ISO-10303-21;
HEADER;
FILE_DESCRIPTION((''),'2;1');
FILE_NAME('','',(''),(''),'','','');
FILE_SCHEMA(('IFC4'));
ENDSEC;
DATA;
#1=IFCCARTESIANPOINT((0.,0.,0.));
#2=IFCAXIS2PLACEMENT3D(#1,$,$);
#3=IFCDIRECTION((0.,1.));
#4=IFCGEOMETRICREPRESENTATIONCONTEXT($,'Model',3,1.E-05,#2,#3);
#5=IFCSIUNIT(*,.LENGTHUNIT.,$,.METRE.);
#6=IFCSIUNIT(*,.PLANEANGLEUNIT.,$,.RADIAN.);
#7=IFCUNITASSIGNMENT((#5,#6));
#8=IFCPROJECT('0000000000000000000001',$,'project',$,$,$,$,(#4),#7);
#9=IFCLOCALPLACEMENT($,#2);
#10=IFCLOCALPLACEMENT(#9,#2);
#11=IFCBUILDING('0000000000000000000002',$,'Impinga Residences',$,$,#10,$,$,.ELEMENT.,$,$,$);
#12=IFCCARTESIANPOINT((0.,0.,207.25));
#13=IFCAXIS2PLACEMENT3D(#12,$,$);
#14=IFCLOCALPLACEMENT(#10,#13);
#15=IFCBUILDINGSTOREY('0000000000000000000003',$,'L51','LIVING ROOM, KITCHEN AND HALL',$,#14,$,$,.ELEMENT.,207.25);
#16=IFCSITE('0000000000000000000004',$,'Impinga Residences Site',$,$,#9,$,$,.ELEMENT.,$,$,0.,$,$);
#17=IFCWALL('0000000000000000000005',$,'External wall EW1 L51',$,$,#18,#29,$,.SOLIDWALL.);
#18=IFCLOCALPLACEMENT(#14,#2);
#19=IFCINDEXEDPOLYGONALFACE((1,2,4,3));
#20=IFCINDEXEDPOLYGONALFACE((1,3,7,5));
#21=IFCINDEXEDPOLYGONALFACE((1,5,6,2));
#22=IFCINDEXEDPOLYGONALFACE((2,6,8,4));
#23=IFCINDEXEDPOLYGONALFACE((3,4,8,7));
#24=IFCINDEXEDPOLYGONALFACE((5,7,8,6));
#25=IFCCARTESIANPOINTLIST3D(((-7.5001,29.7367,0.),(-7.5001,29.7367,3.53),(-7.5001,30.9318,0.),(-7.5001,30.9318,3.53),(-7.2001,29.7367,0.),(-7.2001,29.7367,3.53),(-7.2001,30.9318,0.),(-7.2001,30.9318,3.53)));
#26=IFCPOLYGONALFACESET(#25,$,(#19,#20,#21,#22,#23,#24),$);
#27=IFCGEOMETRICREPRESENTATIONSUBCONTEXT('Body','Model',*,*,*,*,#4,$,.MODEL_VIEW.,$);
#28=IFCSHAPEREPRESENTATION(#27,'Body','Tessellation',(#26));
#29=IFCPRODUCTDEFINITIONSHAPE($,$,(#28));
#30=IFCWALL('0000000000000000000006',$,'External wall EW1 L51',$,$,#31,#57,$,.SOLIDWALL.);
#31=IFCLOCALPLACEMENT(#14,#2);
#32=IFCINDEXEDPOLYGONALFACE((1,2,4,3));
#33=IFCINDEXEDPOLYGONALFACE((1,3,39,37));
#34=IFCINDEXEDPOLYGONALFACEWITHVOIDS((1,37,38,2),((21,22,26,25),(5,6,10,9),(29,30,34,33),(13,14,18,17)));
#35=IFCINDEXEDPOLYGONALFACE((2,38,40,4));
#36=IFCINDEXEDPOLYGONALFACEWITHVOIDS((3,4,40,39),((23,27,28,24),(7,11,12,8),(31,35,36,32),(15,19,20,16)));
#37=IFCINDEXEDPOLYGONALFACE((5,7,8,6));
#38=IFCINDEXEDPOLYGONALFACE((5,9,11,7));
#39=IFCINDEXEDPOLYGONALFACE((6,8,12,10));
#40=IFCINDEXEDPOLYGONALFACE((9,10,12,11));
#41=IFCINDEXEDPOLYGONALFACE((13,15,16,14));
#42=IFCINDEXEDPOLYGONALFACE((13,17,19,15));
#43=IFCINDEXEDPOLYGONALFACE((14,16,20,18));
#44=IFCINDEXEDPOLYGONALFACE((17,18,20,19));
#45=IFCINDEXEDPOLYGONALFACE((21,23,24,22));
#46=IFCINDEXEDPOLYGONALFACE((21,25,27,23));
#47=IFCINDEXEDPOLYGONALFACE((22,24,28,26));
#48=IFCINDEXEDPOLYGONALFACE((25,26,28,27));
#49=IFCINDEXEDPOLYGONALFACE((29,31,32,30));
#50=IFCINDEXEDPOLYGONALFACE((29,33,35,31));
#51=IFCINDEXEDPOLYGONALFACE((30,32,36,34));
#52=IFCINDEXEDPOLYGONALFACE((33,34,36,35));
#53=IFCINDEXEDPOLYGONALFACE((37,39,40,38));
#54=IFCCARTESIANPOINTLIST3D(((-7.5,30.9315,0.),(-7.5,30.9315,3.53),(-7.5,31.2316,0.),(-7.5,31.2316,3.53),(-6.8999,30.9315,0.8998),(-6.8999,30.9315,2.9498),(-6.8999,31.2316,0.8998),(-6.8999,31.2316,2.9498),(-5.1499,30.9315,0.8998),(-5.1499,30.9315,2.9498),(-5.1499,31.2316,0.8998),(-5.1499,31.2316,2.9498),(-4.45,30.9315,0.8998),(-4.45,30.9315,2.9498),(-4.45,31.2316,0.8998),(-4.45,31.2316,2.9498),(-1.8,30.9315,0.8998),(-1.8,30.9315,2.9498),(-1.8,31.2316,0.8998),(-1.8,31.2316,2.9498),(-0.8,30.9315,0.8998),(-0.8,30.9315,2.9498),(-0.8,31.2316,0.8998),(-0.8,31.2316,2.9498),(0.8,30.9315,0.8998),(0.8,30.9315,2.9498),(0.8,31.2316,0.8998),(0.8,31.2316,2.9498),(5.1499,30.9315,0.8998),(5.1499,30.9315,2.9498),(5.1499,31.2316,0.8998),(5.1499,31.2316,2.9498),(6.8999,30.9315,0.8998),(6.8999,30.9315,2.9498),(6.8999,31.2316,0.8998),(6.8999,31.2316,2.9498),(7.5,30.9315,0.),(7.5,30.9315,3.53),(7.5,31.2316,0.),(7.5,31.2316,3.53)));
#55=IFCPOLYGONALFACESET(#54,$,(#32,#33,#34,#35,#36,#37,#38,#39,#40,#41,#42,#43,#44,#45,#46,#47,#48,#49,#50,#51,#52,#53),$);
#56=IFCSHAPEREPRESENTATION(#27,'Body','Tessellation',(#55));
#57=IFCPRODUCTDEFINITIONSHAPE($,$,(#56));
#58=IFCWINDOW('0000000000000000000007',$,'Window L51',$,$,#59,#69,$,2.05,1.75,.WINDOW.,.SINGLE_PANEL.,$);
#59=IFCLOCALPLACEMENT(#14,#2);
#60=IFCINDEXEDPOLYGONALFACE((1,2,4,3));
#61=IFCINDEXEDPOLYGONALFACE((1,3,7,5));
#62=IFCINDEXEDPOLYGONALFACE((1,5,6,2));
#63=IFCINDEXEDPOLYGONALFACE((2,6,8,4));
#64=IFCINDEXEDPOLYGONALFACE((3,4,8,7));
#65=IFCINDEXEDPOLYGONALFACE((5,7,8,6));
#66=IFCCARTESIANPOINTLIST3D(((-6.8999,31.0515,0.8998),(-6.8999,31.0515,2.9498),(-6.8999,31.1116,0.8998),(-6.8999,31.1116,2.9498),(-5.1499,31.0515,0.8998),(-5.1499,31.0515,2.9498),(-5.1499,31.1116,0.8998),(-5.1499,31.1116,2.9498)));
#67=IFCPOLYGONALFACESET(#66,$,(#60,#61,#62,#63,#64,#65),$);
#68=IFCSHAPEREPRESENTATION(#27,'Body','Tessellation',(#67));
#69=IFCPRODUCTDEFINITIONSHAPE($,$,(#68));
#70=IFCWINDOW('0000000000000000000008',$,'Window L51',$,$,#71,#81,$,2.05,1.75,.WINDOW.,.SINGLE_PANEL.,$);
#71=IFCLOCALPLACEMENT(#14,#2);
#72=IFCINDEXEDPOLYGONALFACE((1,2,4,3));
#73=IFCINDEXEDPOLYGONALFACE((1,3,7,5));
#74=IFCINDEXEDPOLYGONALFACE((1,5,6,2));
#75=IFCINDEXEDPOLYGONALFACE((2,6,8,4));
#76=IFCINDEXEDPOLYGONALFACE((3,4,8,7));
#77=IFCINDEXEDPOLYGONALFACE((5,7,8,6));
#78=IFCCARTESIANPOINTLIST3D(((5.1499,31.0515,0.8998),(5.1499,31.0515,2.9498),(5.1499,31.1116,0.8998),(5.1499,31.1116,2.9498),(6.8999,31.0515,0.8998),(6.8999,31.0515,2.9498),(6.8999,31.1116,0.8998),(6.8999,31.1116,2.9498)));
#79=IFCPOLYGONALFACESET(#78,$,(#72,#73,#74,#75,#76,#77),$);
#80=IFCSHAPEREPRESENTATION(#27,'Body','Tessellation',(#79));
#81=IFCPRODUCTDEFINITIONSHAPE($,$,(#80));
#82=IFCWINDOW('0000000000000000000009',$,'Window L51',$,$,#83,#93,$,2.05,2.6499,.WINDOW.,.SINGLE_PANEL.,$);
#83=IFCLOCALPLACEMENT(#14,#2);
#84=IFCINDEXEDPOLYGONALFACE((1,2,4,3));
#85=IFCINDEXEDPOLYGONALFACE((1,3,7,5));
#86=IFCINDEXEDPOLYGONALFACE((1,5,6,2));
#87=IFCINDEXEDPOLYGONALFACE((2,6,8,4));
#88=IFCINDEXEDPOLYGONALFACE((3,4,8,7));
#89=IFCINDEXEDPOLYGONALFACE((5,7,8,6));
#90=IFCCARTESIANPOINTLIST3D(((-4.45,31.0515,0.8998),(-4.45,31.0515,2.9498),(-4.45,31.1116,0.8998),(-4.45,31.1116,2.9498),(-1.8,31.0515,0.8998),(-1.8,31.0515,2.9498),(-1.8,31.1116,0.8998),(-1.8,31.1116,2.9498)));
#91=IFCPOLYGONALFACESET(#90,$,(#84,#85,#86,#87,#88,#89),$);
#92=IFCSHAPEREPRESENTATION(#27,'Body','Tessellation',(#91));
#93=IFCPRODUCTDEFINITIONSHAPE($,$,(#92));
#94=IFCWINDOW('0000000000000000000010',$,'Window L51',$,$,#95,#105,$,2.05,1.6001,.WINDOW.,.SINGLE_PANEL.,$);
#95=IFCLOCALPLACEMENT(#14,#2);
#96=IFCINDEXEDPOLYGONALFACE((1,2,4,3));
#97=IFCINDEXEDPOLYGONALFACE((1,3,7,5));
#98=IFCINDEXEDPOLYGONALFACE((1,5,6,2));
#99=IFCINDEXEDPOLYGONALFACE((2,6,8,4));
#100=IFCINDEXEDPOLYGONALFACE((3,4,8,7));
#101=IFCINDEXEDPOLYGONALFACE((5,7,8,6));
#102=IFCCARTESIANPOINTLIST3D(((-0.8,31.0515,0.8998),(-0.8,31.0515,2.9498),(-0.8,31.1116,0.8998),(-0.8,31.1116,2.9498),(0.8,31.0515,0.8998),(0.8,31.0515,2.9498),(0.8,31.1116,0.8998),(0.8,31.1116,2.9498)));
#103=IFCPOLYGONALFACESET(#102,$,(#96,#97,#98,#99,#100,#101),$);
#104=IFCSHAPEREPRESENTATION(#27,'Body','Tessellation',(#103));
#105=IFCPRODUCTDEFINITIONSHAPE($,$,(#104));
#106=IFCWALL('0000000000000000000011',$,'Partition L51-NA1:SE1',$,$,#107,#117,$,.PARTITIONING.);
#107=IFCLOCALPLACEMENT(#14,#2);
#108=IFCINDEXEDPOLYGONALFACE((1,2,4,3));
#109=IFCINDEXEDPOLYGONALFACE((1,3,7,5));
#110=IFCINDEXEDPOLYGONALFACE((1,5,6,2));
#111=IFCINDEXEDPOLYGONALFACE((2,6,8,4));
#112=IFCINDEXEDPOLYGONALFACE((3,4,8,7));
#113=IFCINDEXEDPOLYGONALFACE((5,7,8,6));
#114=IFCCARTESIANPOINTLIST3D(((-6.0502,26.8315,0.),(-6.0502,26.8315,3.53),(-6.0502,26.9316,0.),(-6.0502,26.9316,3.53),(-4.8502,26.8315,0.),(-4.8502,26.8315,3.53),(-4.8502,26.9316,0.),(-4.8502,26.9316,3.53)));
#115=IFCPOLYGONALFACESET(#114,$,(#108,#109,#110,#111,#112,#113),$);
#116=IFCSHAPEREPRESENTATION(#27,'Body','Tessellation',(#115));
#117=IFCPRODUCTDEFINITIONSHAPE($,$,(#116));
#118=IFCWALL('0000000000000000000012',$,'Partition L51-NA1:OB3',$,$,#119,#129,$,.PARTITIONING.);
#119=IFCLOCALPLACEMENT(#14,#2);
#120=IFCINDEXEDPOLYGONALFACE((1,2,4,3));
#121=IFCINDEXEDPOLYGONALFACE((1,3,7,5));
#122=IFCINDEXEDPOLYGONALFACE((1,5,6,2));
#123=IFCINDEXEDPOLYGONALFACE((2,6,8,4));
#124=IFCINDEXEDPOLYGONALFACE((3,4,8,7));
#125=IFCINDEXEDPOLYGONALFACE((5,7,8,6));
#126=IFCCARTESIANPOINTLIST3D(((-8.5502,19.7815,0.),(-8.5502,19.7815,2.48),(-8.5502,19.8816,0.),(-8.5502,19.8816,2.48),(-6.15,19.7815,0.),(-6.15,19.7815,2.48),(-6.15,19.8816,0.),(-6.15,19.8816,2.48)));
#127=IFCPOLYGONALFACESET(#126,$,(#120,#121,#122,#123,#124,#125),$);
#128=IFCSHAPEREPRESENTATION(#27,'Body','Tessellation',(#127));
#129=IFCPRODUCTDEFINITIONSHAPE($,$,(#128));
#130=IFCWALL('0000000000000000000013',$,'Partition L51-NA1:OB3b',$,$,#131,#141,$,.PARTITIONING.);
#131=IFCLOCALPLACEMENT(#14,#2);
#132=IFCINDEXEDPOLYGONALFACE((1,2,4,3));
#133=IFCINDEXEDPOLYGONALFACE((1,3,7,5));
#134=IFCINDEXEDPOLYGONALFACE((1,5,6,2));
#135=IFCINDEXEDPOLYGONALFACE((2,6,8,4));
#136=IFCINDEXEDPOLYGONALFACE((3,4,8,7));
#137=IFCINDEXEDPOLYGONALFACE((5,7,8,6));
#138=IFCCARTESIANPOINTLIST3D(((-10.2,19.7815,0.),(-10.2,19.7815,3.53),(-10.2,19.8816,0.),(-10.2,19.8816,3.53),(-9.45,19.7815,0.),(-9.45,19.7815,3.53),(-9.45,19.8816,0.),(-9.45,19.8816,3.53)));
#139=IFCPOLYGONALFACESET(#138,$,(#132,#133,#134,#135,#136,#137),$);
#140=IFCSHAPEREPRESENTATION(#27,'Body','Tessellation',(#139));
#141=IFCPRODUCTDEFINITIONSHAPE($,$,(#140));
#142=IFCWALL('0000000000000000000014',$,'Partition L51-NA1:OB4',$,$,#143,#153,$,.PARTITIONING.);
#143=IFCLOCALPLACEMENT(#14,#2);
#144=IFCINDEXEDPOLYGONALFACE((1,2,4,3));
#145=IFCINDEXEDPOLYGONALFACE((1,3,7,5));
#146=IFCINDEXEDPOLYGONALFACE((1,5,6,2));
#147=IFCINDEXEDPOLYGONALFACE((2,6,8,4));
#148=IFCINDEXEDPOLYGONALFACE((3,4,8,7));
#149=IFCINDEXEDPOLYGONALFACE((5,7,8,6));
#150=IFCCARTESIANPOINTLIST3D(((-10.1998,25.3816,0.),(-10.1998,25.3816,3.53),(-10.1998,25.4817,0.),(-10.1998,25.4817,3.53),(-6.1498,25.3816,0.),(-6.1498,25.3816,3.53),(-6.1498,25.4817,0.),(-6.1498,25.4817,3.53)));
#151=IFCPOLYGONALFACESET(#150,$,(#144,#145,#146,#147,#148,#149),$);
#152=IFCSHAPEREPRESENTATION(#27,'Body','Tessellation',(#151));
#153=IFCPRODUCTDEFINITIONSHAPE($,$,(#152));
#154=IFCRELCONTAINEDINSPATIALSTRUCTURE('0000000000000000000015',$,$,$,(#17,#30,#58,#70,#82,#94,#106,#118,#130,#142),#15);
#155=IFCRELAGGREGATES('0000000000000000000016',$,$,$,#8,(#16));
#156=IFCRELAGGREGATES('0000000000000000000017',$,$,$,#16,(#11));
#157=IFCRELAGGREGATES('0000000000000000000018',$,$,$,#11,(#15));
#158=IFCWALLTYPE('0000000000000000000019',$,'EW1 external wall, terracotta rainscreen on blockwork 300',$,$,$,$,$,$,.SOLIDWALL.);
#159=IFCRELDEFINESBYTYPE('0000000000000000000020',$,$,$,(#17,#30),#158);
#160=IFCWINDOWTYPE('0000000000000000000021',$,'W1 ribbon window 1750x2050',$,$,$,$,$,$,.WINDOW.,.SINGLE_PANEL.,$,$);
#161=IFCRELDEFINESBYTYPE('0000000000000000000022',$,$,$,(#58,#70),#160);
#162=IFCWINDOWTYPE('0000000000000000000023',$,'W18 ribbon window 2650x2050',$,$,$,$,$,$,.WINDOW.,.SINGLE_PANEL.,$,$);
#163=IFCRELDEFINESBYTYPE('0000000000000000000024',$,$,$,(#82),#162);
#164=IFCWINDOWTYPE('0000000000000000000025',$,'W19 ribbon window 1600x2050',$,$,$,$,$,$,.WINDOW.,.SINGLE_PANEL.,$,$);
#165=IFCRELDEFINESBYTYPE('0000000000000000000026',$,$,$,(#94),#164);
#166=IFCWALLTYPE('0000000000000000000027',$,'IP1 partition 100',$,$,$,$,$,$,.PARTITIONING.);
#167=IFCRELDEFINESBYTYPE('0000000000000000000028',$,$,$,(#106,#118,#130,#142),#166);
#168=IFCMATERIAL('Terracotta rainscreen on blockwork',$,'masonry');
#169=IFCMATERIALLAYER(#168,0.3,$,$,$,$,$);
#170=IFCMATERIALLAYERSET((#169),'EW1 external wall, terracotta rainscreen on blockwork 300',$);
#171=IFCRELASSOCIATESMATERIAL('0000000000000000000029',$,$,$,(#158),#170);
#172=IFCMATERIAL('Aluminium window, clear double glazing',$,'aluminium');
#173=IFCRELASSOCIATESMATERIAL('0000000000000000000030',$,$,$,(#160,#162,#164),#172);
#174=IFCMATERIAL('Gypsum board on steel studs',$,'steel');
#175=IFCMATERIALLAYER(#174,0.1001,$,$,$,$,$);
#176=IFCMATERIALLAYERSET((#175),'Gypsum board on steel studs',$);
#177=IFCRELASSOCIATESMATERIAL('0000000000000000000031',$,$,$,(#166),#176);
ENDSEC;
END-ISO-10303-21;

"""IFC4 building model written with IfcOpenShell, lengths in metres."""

from ifc_helpers import new_model, si_unit, direction, frame, frame_2d, origin, place, context, subcontext, project, spatial, rectangle, extrude, material, layer, layer_set, type_object, element, fill, save


model = new_model("IFC4")

# Units and contexts
model_context = context("Model", 3, precision=1e-05, world=origin(), true_north=direction((0.0, 1.0)))
body_context = subcontext(model_context, "Body", "Model", "MODEL_VIEW")
ifc_project = project(units=[si_unit("LENGTHUNIT", "METRE"), si_unit("PLANEANGLEUNIT", "RADIAN")], contexts=[model_context])

# Site, building, storey
site_placement = place(None, origin())
site = spatial("IfcSite", under=ifc_project, at=site_placement, Name="Impinga Residences Site", CompositionType="ELEMENT", RefElevation=0.0)
building_placement = place(site_placement, origin())
building = spatial("IfcBuilding", under=site, at=building_placement, Name="Impinga Residences", CompositionType="ELEMENT")
storey_placement = place(building_placement, frame((0.0, 0.0, 207.25)))
storey = spatial("IfcBuildingStorey", under=building, at=storey_placement, Name="L51", Description="LIVING ROOM, KITCHEN AND HALL", CompositionType="ELEMENT", Elevation=207.25)

# Wall
ifc_material_1 = material(Name="Terracotta rainscreen on blockwork", Category="masonry")
ifc_layer_1 = layer(ifc_material_1, 0.3)
ifc_layer_set_1 = layer_set([ifc_layer_1], Name="EW1 external wall, terracotta rainscreen on blockwork 300")
wall_type_1 = type_object("IfcWallType", Name="EW1 external wall, terracotta rainscreen on blockwork 300", PredefinedType="SOLIDWALL", material=ifc_layer_set_1)
wall_1_placement = place(storey_placement, frame((-7.3501, 29.7366, 0.0), z_axis=(0.0, 0.0, 1.0), x_axis=(0.0, 1.0, 0.0)))
element("IfcWall", 1, at=wall_1_placement, inside=storey, type_object=wall_type_1, Name="External wall EW1 L51", PredefinedType="SOLIDWALL", context=body_context, shape_type="SweptSolid", body=[
    extrude(rectangle(XDim=1.1951, YDim=0.3, at=frame_2d((0.5977, 0.0))), origin(), (0.0, 0.0, 1.0), 3.53),
])

# Wall, openings, windows
wall_2_placement = place(storey_placement, frame((-7.5, 31.0815, 0.0), z_axis=(0.0, 0.0, 1.0), x_axis=(1.0, 0.0, 0.0)))
wall_2 = element("IfcWall", 2, at=wall_2_placement, inside=storey, type_object=wall_type_1, Name="External wall EW1 L51", PredefinedType="SOLIDWALL", context=body_context, shape_type="SweptSolid", body=[
    extrude(rectangle(XDim=15.0, YDim=0.3, at=frame_2d((7.5, 0.0))), origin(), (0.0, 0.0, 1.0), 3.53),
])
opening_1_placement = place(wall_2_placement, frame((0.6001, 0.0, 0.8999)))
opening_1 = element("IfcOpeningElement", 3, at=opening_1_placement, cuts=wall_2, PredefinedType="OPENING", context=body_context, shape_type="SweptSolid", body=[
    extrude(rectangle(XDim=1.75, YDim=2.05, at=frame_2d((0.875, 1.0249))), frame((0.0, 0.1599, 0.0), z_axis=(0.0, -1.0, 0.0), x_axis=(1.0, 0.0, 0.0)), (0.0, 0.0, 1.0), 0.3201),
])
opening_2_placement = place(wall_2_placement, frame((3.05, 0.0, 0.8999)))
opening_2 = element("IfcOpeningElement", 4, at=opening_2_placement, cuts=wall_2, PredefinedType="OPENING", context=body_context, shape_type="SweptSolid", body=[
    extrude(rectangle(XDim=2.6499, YDim=2.05, at=frame_2d((1.325, 1.0249))), frame((0.0, 0.1599, 0.0), z_axis=(0.0, -1.0, 0.0), x_axis=(1.0, 0.0, 0.0)), (0.0, 0.0, 1.0), 0.3201),
])
opening_3_placement = place(wall_2_placement, frame((6.7, 0.0, 0.8999)))
opening_3 = element("IfcOpeningElement", 5, at=opening_3_placement, cuts=wall_2, PredefinedType="OPENING", context=body_context, shape_type="SweptSolid", body=[
    extrude(rectangle(XDim=1.6001, YDim=2.05, at=frame_2d((0.8, 1.0249))), frame((0.0, 0.1599, 0.0), z_axis=(0.0, -1.0, 0.0), x_axis=(1.0, 0.0, 0.0)), (0.0, 0.0, 1.0), 0.3201),
])
opening_4_placement = place(wall_2_placement, frame((12.6499, 0.0, 0.8999)))
opening_4 = element("IfcOpeningElement", 6, at=opening_4_placement, cuts=wall_2, PredefinedType="OPENING", context=body_context, shape_type="SweptSolid", body=[
    extrude(rectangle(XDim=1.75, YDim=2.05, at=frame_2d((0.875, 1.0249))), frame((0.0, 0.1599, 0.0), z_axis=(0.0, -1.0, 0.0), x_axis=(1.0, 0.0, 0.0)), (0.0, 0.0, 1.0), 0.3201),
])
ifc_material_2 = material(Name="Aluminium window, clear double glazing", Category="aluminium")
window_type_1 = type_object("IfcWindowType", Name="W1 ribbon window 1750x2050", PartitioningType="SINGLE_PANEL", PredefinedType="WINDOW", material=ifc_material_2)
window_1_placement = place(opening_1_placement, origin())
window_1 = element("IfcWindow", 7, at=window_1_placement, inside=storey, type_object=window_type_1, Name="Window L51", OverallHeight=2.05, OverallWidth=1.75, PartitioningType="SINGLE_PANEL", PredefinedType="WINDOW", context=body_context, shape_type="SweptSolid", body=[
    extrude(rectangle(XDim=1.75, YDim=2.05, at=frame_2d((0.875, 1.0249))), frame((0.0, 0.03, 0.0), z_axis=(0.0, -1.0, 0.0), x_axis=(1.0, 0.0, 0.0)), (0.0, 0.0, 1.0), 0.0601),
])
fill(opening_1, window_1)
window_2_placement = place(opening_4_placement, origin())
window_2 = element("IfcWindow", 8, at=window_2_placement, inside=storey, type_object=window_type_1, Name="Window L51", OverallHeight=2.05, OverallWidth=1.75, PartitioningType="SINGLE_PANEL", PredefinedType="WINDOW", context=body_context, shape_type="SweptSolid", body=[
    extrude(rectangle(XDim=1.75, YDim=2.05, at=frame_2d((0.875, 1.0249))), frame((0.0, 0.03, 0.0), z_axis=(0.0, -1.0, 0.0), x_axis=(1.0, 0.0, 0.0)), (0.0, 0.0, 1.0), 0.0601),
])
fill(opening_4, window_2)
window_type_2 = type_object("IfcWindowType", Name="W18 ribbon window 2650x2050", PartitioningType="SINGLE_PANEL", PredefinedType="WINDOW", material=ifc_material_2)
window_3_placement = place(opening_2_placement, origin())
window_3 = element("IfcWindow", 9, at=window_3_placement, inside=storey, type_object=window_type_2, Name="Window L51", OverallHeight=2.05, OverallWidth=2.6499, PartitioningType="SINGLE_PANEL", PredefinedType="WINDOW", context=body_context, shape_type="SweptSolid", body=[
    extrude(rectangle(XDim=2.6499, YDim=2.05, at=frame_2d((1.325, 1.0249))), frame((0.0, 0.03, 0.0), z_axis=(0.0, -1.0, 0.0), x_axis=(1.0, 0.0, 0.0)), (0.0, 0.0, 1.0), 0.0601),
])
fill(opening_2, window_3)
window_type_3 = type_object("IfcWindowType", Name="W19 ribbon window 1600x2050", PartitioningType="SINGLE_PANEL", PredefinedType="WINDOW", material=ifc_material_2)
window_4_placement = place(opening_3_placement, origin())
window_4 = element("IfcWindow", 10, at=window_4_placement, inside=storey, type_object=window_type_3, Name="Window L51", OverallHeight=2.05, OverallWidth=1.6001, PartitioningType="SINGLE_PANEL", PredefinedType="WINDOW", context=body_context, shape_type="SweptSolid", body=[
    extrude(rectangle(XDim=1.6001, YDim=2.05, at=frame_2d((0.8, 1.0249))), frame((0.0, 0.03, 0.0), z_axis=(0.0, -1.0, 0.0), x_axis=(1.0, 0.0, 0.0)), (0.0, 0.0, 1.0), 0.0601),
])
fill(opening_3, window_4)

# Walls
ifc_material_3 = material(Name="Gypsum board on steel studs", Category="steel")
ifc_layer_2 = layer(ifc_material_3, 0.1001)
ifc_layer_set_2 = layer_set([ifc_layer_2], Name="Gypsum board on steel studs")
wall_type_2 = type_object("IfcWallType", Name="IP1 partition 100", PredefinedType="PARTITIONING", material=ifc_layer_set_2)
wall_3_placement = place(storey_placement, frame((-4.8501, 26.8816, 0.0), z_axis=(0.0, 0.0, 1.0), x_axis=(-1.0, 0.0, 0.0)))
element("IfcWall", 11, at=wall_3_placement, inside=storey, type_object=wall_type_2, Name="Partition L51-NA1:SE1", PredefinedType="PARTITIONING", context=body_context, shape_type="SweptSolid", body=[
    extrude(rectangle(XDim=1.2, YDim=0.1001, at=frame_2d((0.6001, 0.0))), origin(), (0.0, 0.0, 1.0), 3.53),
])
wall_4_placement = place(storey_placement, frame((-6.1499, 19.8315, 0.0), z_axis=(0.0, 0.0, 1.0), x_axis=(-1.0, 0.0, 0.0)))
element("IfcWall", 12, at=wall_4_placement, inside=storey, type_object=wall_type_2, Name="Partition L51-NA1:OB3", PredefinedType="PARTITIONING", context=body_context, shape_type="SweptSolid", body=[
    extrude(rectangle(XDim=2.4001, YDim=0.1001, at=frame_2d((1.2002, 0.0))), origin(), (0.0, 0.0, 1.0), 2.48),
])
wall_5_placement = place(storey_placement, frame((-9.45, 19.8315, 0.0), z_axis=(0.0, 0.0, 1.0), x_axis=(-1.0, 0.0, 0.0)))
element("IfcWall", 13, at=wall_5_placement, inside=storey, type_object=wall_type_2, Name="Partition L51-NA1:OB3b", PredefinedType="PARTITIONING", context=body_context, shape_type="SweptSolid", body=[
    extrude(rectangle(XDim=0.75, YDim=0.1001, at=frame_2d((0.375, 0.0))), origin(), (0.0, 0.0, 1.0), 3.53),
])
wall_6_placement = place(storey_placement, frame((-6.1499, 25.4316, 0.0), z_axis=(0.0, 0.0, 1.0), x_axis=(-1.0, 0.0, 0.0)))
element("IfcWall", 14, at=wall_6_placement, inside=storey, type_object=wall_type_2, Name="Partition L51-NA1:OB4", PredefinedType="PARTITIONING", context=body_context, shape_type="SweptSolid", body=[
    extrude(rectangle(XDim=4.05, YDim=0.1001, at=frame_2d((2.0249, 0.0))), origin(), (0.0, 0.0, 1.0), 3.53),
])

save(model, "model.ifc")
